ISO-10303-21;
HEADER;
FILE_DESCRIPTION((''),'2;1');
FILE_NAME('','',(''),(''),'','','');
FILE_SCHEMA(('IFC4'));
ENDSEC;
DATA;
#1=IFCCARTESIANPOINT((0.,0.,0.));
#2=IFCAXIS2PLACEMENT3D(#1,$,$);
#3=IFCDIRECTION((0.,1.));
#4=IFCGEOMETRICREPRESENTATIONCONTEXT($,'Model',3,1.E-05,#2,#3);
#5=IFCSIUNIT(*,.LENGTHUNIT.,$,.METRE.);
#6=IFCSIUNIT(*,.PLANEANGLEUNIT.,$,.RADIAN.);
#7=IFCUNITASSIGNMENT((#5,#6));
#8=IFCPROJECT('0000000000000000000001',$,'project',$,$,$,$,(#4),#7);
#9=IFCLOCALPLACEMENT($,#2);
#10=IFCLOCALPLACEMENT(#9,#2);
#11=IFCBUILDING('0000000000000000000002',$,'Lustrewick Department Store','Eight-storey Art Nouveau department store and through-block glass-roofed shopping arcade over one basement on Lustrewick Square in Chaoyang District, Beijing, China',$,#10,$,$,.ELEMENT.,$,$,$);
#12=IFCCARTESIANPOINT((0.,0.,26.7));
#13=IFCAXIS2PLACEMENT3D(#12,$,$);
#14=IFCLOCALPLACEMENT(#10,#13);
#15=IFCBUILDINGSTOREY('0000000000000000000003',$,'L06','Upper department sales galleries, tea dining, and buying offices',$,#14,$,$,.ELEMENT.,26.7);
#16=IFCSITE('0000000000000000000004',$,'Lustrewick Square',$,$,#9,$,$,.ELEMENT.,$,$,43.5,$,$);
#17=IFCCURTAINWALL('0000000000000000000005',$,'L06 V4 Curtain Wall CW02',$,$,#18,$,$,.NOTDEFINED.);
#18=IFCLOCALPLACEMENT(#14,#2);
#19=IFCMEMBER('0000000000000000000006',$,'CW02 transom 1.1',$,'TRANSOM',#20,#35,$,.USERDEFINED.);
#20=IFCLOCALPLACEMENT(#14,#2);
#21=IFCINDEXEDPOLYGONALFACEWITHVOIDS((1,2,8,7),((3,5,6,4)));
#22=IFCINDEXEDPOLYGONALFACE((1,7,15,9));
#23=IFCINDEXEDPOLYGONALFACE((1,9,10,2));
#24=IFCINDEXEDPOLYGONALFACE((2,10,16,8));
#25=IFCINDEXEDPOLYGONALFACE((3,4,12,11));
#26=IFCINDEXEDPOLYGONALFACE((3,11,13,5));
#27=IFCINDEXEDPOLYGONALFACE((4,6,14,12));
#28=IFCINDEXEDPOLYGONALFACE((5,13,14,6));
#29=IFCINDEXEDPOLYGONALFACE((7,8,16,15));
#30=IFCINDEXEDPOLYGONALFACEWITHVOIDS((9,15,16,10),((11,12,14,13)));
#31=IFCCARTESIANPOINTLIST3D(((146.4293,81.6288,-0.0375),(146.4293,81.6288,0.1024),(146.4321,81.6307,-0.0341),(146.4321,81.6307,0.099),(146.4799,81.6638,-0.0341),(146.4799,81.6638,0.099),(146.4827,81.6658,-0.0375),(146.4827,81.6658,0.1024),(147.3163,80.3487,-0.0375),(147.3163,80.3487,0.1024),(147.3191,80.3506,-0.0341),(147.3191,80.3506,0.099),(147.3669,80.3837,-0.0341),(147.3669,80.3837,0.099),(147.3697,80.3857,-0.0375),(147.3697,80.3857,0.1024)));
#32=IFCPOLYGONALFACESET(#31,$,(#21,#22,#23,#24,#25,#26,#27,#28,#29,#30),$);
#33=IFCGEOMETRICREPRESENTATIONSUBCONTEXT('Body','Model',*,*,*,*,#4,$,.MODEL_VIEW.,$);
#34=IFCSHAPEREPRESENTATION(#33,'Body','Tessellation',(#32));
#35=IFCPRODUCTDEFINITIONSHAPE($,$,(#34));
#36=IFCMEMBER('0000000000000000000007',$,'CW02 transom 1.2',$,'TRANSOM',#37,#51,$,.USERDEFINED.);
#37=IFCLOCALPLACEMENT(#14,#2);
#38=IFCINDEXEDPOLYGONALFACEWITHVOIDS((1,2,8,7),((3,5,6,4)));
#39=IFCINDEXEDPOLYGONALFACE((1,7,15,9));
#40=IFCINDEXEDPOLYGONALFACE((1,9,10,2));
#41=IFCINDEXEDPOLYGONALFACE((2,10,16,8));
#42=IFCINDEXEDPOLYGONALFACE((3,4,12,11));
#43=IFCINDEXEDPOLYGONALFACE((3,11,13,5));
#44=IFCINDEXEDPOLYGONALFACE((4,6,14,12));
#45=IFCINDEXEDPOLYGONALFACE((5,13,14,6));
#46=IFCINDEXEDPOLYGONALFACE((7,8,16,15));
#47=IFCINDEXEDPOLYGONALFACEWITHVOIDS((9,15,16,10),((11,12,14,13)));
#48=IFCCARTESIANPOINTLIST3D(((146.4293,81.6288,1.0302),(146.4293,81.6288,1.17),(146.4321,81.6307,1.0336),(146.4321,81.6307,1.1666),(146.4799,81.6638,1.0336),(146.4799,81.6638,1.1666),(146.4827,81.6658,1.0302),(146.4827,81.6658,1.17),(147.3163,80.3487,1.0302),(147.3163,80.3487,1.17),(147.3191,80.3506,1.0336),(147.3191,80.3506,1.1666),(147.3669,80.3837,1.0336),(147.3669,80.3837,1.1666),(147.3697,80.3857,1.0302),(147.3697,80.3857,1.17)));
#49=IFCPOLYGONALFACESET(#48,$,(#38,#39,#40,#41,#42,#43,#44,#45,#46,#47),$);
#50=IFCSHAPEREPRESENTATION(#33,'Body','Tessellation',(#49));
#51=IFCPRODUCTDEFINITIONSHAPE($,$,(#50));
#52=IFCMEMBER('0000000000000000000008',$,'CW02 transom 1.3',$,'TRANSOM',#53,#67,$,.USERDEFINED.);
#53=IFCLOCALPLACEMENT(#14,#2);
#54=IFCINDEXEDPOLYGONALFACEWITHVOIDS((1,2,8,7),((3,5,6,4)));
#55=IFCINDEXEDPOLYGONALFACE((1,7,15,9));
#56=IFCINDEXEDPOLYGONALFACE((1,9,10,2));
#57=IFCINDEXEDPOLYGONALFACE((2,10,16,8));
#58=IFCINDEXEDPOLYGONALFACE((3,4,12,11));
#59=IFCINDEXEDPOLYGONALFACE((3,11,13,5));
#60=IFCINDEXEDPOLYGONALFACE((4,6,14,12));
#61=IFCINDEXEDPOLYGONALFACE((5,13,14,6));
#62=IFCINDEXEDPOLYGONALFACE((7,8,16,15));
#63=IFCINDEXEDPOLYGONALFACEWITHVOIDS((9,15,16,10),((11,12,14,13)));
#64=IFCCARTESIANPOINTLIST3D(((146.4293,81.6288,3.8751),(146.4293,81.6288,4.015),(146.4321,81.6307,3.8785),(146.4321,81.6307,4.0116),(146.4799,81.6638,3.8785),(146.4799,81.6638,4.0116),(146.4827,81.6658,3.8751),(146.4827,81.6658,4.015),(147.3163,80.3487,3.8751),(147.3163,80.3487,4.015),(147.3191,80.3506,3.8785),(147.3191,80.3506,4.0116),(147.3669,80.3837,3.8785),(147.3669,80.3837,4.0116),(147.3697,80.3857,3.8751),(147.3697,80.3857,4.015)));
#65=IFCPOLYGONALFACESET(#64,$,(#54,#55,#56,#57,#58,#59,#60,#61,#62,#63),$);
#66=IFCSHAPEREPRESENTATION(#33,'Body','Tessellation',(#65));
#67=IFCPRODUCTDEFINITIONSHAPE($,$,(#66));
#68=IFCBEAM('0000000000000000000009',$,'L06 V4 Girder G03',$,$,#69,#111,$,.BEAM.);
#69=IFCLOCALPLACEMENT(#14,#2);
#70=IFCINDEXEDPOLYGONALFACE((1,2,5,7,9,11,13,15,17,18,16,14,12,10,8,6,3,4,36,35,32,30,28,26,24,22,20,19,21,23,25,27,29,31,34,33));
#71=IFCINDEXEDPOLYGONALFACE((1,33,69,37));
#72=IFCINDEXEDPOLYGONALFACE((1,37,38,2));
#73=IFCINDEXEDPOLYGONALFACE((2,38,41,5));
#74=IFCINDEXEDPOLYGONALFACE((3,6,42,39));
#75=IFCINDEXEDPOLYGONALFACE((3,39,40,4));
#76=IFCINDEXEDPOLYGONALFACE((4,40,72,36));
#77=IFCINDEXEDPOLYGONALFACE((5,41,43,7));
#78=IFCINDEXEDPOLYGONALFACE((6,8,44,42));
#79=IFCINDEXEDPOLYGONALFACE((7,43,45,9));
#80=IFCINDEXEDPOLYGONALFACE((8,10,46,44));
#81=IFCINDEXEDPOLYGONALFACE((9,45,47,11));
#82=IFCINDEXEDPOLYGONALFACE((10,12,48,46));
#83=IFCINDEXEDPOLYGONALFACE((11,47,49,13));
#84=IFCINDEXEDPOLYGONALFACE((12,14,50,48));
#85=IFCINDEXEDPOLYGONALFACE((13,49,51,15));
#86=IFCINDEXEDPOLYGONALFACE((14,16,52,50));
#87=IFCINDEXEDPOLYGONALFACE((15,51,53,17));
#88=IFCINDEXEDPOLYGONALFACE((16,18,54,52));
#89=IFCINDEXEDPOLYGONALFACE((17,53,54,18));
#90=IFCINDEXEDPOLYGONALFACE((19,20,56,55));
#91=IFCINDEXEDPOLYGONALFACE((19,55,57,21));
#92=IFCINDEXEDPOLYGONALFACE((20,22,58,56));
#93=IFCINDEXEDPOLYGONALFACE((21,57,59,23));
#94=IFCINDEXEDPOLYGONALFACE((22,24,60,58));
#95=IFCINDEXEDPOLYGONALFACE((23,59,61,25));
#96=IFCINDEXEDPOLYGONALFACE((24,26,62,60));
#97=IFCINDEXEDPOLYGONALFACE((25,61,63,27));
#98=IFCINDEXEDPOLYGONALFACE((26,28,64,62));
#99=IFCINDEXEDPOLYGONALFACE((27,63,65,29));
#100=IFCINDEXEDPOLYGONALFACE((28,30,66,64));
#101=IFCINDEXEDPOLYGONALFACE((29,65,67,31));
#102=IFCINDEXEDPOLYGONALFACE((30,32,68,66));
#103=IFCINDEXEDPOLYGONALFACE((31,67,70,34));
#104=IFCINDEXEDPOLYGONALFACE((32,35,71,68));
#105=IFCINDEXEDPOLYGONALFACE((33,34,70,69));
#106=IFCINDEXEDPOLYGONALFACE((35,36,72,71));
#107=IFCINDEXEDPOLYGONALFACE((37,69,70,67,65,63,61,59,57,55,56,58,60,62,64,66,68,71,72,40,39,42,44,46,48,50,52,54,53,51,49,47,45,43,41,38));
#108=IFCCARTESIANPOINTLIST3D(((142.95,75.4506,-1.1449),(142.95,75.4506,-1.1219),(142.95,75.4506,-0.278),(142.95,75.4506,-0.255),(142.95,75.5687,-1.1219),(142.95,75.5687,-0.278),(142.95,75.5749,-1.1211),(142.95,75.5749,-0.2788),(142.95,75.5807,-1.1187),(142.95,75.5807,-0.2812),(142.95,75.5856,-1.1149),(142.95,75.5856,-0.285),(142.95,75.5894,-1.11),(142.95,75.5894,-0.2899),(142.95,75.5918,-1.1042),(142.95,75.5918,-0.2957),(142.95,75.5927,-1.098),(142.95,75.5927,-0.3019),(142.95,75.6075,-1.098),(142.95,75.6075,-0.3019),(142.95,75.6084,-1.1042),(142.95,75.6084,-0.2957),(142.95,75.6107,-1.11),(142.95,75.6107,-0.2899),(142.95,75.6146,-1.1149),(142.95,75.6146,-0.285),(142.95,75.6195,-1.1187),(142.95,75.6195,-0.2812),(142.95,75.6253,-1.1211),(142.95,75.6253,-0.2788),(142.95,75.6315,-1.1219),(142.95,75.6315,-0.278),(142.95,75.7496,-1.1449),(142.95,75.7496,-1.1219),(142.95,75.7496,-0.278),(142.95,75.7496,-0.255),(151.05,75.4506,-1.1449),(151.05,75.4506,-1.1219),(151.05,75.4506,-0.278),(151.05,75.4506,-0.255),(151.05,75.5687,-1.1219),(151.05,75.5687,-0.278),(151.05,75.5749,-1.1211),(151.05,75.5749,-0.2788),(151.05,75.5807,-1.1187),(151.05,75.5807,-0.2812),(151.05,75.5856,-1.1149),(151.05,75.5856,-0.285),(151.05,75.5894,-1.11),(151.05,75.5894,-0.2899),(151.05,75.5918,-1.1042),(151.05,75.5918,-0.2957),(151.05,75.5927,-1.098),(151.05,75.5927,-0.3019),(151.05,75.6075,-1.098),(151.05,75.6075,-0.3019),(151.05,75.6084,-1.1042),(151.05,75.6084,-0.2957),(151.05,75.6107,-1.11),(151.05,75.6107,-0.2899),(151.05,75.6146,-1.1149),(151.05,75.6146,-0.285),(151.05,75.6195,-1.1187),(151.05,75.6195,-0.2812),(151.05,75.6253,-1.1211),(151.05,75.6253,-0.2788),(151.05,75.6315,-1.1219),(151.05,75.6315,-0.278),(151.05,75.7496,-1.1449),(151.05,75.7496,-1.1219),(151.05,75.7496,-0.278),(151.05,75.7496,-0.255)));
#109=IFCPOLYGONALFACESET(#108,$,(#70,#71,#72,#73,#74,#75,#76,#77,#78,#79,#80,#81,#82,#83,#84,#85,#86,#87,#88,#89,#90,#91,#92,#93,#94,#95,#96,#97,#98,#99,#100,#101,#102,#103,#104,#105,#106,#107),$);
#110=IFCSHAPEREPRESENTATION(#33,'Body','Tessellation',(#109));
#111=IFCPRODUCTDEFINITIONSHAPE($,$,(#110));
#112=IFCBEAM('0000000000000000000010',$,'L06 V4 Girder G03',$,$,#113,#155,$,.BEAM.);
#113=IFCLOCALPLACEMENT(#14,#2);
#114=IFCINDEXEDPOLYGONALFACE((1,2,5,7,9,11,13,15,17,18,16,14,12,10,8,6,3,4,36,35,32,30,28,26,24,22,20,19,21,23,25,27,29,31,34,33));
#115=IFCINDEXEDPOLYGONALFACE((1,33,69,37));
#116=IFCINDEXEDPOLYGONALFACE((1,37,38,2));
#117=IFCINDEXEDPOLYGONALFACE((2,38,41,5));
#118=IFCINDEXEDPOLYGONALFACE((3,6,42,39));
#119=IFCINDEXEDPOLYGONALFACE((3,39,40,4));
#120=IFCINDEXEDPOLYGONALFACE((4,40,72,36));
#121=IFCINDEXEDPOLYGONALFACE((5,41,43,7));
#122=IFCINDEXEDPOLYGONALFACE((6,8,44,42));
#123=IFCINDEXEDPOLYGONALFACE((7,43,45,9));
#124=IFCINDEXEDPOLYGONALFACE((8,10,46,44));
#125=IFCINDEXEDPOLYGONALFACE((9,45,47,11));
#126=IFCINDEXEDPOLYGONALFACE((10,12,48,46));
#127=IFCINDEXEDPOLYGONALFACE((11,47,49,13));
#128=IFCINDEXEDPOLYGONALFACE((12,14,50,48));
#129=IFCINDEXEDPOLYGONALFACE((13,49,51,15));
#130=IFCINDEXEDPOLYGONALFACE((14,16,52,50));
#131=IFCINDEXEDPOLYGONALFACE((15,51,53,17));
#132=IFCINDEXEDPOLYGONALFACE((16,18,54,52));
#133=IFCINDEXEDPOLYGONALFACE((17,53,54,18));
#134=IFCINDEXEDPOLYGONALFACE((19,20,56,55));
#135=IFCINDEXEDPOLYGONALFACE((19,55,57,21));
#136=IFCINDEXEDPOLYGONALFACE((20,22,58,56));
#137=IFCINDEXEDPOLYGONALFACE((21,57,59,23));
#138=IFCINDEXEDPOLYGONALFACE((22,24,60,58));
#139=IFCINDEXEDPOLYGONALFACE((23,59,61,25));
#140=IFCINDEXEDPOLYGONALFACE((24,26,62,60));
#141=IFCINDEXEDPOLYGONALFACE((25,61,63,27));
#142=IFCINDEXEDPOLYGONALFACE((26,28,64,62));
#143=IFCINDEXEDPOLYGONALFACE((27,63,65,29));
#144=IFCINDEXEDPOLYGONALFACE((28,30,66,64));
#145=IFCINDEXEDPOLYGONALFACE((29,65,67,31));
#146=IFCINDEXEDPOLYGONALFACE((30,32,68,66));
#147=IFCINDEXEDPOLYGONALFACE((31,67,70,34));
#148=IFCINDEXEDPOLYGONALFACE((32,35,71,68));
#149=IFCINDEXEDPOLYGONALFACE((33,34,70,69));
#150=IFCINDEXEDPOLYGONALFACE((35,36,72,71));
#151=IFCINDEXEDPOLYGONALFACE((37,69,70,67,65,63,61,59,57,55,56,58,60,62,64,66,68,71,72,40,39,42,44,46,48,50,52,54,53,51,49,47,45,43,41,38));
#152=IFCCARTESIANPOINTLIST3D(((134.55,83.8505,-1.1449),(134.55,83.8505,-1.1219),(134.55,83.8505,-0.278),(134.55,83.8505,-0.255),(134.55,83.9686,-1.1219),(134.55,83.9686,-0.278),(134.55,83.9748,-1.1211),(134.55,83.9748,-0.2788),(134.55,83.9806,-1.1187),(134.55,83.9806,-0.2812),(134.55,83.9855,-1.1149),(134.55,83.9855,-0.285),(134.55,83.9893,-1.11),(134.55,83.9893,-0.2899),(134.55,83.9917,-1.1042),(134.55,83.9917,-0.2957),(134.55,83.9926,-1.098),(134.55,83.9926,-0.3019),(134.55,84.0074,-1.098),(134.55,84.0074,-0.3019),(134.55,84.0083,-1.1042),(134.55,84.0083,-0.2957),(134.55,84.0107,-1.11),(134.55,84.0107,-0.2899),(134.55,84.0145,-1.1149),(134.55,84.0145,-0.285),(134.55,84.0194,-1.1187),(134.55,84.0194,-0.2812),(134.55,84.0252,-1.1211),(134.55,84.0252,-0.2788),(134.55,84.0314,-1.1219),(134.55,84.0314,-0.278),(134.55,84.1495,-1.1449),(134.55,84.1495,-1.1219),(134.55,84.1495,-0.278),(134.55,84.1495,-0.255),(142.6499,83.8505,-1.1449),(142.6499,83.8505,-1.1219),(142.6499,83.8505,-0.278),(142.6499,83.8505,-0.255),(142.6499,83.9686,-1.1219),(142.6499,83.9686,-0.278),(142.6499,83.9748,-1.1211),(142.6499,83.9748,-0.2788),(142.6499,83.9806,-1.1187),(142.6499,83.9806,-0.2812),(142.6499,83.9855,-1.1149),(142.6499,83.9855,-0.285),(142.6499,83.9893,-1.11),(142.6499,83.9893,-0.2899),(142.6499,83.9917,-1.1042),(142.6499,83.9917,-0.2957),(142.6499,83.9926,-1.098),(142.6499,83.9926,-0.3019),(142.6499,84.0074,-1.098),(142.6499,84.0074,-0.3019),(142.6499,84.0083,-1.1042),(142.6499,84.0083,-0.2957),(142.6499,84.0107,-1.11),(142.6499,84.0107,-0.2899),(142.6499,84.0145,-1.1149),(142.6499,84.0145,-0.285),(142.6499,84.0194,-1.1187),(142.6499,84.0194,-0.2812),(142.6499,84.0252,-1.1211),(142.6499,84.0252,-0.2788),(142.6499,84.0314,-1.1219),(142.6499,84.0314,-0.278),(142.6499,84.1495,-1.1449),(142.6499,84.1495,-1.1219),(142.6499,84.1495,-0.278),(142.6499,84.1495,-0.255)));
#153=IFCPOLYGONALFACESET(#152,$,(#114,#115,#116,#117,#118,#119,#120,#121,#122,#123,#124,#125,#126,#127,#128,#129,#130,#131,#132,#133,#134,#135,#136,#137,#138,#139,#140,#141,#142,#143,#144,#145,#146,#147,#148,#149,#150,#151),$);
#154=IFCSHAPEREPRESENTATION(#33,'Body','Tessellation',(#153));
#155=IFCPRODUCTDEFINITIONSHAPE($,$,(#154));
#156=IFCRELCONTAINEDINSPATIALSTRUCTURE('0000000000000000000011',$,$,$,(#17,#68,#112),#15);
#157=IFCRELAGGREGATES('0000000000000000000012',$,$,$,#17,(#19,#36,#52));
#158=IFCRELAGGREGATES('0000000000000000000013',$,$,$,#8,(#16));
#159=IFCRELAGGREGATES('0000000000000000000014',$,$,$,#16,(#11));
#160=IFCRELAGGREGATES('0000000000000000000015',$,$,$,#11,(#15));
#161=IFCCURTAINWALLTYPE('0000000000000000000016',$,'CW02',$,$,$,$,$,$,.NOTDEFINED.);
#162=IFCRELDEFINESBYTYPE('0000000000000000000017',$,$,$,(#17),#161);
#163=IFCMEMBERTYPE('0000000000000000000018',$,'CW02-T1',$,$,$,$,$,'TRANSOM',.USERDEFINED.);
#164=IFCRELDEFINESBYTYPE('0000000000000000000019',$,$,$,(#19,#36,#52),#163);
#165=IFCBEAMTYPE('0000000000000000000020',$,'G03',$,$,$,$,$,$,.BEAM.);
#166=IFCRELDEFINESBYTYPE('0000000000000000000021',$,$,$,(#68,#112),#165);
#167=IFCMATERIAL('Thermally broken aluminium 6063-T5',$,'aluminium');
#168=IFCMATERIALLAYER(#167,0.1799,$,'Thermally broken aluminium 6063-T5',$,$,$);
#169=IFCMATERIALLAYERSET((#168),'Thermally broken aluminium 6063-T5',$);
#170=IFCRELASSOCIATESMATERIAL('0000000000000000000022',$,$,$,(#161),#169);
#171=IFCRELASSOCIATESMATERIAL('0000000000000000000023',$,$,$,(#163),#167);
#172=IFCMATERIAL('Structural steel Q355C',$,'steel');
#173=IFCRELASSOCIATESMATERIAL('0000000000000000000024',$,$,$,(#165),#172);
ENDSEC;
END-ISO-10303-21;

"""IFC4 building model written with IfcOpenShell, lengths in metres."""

from ifc_helpers import new_model, si_unit, direction, frame, origin, origin_2d, place, context, subcontext, project, spatial, hollow_rectangle, i_section, extrude, material, layer, layer_set, material_profile, profile_set, type_object, element, aggregate, save


model = new_model("IFC4")

# Units and contexts
model_context = context("Model", 3, precision=1e-05, world=origin(), true_north=direction((0.0, 1.0)))
body_context = subcontext(model_context, "Body", "Model", "MODEL_VIEW")
ifc_project = project(units=[si_unit("LENGTHUNIT", "METRE"), si_unit("PLANEANGLEUNIT", "RADIAN")], contexts=[model_context])

# Site, building, storey
site_placement = place(None, origin())
site = spatial("IfcSite", under=ifc_project, at=site_placement, Name="Lustrewick Square", CompositionType="ELEMENT", RefElevation=43.5)
building_placement = place(site_placement, origin())
building = spatial("IfcBuilding", under=site, at=building_placement, Name="Lustrewick Department Store", Description="Eight-storey Art Nouveau department store and through-block glass-roofed shopping arcade over one basement on Lustrewick Square in Chaoyang District, Beijing, China", CompositionType="ELEMENT")
storey_placement = place(building_placement, frame((0.0, 0.0, 26.7)))
storey = spatial("IfcBuildingStorey", under=building, at=storey_placement, Name="L06", Description="Upper department sales galleries, tea dining, and buying offices", CompositionType="ELEMENT", Elevation=26.7)

# Curtain wall, members
ifc_material_1 = material(Name="Thermally broken aluminium 6063-T5", Category="aluminium")
ifc_layer_1 = layer(ifc_material_1, 0.1799, Name="Thermally broken aluminium 6063-T5")
ifc_layer_set_1 = layer_set([ifc_layer_1], Name="Thermally broken aluminium 6063-T5")
curtain_wall_type = type_object("IfcCurtainWallType", Name="CW02", PredefinedType="NOTDEFINED", material=ifc_layer_set_1)
curtain_wall_placement = place(storey_placement, origin())
curtain_wall = element("IfcCurtainWall", 1, at=curtain_wall_placement, inside=storey, type_object=curtain_wall_type, Name="L06 V4 Curtain Wall CW02", PredefinedType="NOTDEFINED")
ifc_material_profile_1 = material_profile(ifc_material_1, hollow_rectangle(XDim=0.0649, YDim=0.1399, WallThickness=0.0034, at=origin_2d()), Name="ALU-T 65x140x3.5")
ifc_profile_set_1 = profile_set([ifc_material_profile_1], Name="Thermally broken aluminium 6063-T5")
member_type_1 = type_object("IfcMemberType", Name="CW02-T1", ElementType="TRANSOM", PredefinedType="USERDEFINED", material=ifc_profile_set_1)
member_1_placement = place(storey_placement, frame((147.343, 80.3672, 0.0325), z_axis=(-0.569552, 0.821955, 0.0), x_axis=(-0.821955, -0.569552, 0.0)))
member_1 = element("IfcMember", 2, at=member_1_placement, type_object=member_type_1, Name="CW02 transom 1.1", ObjectType="TRANSOM", PredefinedType="USERDEFINED", context=body_context, shape_type="SweptSolid", body=[
    extrude(hollow_rectangle(XDim=0.0649, YDim=0.1399, WallThickness=0.0034, at=origin_2d()), origin(), (0.0, 0.0, 1.0), 1.5574),
])
member_2_placement = place(storey_placement, frame((147.343, 80.3672, 1.1001), z_axis=(-0.569552, 0.821955, 0.0), x_axis=(-0.821955, -0.569552, 0.0)))
member_2 = element("IfcMember", 3, at=member_2_placement, type_object=member_type_1, Name="CW02 transom 1.2", ObjectType="TRANSOM", PredefinedType="USERDEFINED", context=body_context, shape_type="SweptSolid", body=[
    extrude(hollow_rectangle(XDim=0.0649, YDim=0.1399, WallThickness=0.0034, at=origin_2d()), origin(), (0.0, 0.0, 1.0), 1.5574),
])
member_3_placement = place(storey_placement, frame((147.343, 80.3672, 3.9451), z_axis=(-0.569552, 0.821955, 0.0), x_axis=(-0.821955, -0.569552, 0.0)))
member_3 = element("IfcMember", 4, at=member_3_placement, type_object=member_type_1, Name="CW02 transom 1.3", ObjectType="TRANSOM", PredefinedType="USERDEFINED", context=body_context, shape_type="SweptSolid", body=[
    extrude(hollow_rectangle(XDim=0.0649, YDim=0.1399, WallThickness=0.0034, at=origin_2d()), origin(), (0.0, 0.0, 1.0), 1.5574),
])

# Beams
ifc_material_2 = material(Name="Structural steel Q355C", Category="steel")
ifc_material_profile_2 = material_profile(ifc_material_2, i_section(OverallWidth=0.2991, OverallDepth=0.8899, WebThickness=0.0149, FlangeThickness=0.0229, FilletRadius=0.0239, at=origin_2d()), Name="HN 890x299x15x23")
ifc_profile_set_2 = profile_set([ifc_material_profile_2], Name="Structural steel Q355C")
beam_type_1 = type_object("IfcBeamType", Name="G03", PredefinedType="BEAM", material=ifc_profile_set_2)
beam_1_placement = place(storey_placement, frame((142.95, 75.6001, -0.7), z_axis=(1.0, 0.0, 0.0), x_axis=(0.0, 1.0, 0.0)))
element("IfcBeam", 5, at=beam_1_placement, inside=storey, type_object=beam_type_1, Name="L06 V4 Girder G03", PredefinedType="BEAM", context=body_context, shape_type="SweptSolid", body=[
    extrude(i_section(OverallWidth=0.2991, OverallDepth=0.8899, WebThickness=0.0149, FlangeThickness=0.0229, FilletRadius=0.0239, at=origin_2d()), origin(), (0.0, 0.0, 1.0), 8.1001),
])
beam_2_placement = place(storey_placement, frame((134.55, 84.0, -0.7), z_axis=(1.0, 0.0, 0.0), x_axis=(0.0, 1.0, 0.0)))
element("IfcBeam", 6, at=beam_2_placement, inside=storey, type_object=beam_type_1, Name="L06 V4 Girder G03", PredefinedType="BEAM", context=body_context, shape_type="SweptSolid", body=[
    extrude(i_section(OverallWidth=0.2991, OverallDepth=0.8899, WebThickness=0.0149, FlangeThickness=0.0229, FilletRadius=0.0239, at=origin_2d()), origin(), (0.0, 0.0, 1.0), 8.0999),
])

aggregate(curtain_wall, [member_1, member_2, member_3])

save(model, "model.ifc")
